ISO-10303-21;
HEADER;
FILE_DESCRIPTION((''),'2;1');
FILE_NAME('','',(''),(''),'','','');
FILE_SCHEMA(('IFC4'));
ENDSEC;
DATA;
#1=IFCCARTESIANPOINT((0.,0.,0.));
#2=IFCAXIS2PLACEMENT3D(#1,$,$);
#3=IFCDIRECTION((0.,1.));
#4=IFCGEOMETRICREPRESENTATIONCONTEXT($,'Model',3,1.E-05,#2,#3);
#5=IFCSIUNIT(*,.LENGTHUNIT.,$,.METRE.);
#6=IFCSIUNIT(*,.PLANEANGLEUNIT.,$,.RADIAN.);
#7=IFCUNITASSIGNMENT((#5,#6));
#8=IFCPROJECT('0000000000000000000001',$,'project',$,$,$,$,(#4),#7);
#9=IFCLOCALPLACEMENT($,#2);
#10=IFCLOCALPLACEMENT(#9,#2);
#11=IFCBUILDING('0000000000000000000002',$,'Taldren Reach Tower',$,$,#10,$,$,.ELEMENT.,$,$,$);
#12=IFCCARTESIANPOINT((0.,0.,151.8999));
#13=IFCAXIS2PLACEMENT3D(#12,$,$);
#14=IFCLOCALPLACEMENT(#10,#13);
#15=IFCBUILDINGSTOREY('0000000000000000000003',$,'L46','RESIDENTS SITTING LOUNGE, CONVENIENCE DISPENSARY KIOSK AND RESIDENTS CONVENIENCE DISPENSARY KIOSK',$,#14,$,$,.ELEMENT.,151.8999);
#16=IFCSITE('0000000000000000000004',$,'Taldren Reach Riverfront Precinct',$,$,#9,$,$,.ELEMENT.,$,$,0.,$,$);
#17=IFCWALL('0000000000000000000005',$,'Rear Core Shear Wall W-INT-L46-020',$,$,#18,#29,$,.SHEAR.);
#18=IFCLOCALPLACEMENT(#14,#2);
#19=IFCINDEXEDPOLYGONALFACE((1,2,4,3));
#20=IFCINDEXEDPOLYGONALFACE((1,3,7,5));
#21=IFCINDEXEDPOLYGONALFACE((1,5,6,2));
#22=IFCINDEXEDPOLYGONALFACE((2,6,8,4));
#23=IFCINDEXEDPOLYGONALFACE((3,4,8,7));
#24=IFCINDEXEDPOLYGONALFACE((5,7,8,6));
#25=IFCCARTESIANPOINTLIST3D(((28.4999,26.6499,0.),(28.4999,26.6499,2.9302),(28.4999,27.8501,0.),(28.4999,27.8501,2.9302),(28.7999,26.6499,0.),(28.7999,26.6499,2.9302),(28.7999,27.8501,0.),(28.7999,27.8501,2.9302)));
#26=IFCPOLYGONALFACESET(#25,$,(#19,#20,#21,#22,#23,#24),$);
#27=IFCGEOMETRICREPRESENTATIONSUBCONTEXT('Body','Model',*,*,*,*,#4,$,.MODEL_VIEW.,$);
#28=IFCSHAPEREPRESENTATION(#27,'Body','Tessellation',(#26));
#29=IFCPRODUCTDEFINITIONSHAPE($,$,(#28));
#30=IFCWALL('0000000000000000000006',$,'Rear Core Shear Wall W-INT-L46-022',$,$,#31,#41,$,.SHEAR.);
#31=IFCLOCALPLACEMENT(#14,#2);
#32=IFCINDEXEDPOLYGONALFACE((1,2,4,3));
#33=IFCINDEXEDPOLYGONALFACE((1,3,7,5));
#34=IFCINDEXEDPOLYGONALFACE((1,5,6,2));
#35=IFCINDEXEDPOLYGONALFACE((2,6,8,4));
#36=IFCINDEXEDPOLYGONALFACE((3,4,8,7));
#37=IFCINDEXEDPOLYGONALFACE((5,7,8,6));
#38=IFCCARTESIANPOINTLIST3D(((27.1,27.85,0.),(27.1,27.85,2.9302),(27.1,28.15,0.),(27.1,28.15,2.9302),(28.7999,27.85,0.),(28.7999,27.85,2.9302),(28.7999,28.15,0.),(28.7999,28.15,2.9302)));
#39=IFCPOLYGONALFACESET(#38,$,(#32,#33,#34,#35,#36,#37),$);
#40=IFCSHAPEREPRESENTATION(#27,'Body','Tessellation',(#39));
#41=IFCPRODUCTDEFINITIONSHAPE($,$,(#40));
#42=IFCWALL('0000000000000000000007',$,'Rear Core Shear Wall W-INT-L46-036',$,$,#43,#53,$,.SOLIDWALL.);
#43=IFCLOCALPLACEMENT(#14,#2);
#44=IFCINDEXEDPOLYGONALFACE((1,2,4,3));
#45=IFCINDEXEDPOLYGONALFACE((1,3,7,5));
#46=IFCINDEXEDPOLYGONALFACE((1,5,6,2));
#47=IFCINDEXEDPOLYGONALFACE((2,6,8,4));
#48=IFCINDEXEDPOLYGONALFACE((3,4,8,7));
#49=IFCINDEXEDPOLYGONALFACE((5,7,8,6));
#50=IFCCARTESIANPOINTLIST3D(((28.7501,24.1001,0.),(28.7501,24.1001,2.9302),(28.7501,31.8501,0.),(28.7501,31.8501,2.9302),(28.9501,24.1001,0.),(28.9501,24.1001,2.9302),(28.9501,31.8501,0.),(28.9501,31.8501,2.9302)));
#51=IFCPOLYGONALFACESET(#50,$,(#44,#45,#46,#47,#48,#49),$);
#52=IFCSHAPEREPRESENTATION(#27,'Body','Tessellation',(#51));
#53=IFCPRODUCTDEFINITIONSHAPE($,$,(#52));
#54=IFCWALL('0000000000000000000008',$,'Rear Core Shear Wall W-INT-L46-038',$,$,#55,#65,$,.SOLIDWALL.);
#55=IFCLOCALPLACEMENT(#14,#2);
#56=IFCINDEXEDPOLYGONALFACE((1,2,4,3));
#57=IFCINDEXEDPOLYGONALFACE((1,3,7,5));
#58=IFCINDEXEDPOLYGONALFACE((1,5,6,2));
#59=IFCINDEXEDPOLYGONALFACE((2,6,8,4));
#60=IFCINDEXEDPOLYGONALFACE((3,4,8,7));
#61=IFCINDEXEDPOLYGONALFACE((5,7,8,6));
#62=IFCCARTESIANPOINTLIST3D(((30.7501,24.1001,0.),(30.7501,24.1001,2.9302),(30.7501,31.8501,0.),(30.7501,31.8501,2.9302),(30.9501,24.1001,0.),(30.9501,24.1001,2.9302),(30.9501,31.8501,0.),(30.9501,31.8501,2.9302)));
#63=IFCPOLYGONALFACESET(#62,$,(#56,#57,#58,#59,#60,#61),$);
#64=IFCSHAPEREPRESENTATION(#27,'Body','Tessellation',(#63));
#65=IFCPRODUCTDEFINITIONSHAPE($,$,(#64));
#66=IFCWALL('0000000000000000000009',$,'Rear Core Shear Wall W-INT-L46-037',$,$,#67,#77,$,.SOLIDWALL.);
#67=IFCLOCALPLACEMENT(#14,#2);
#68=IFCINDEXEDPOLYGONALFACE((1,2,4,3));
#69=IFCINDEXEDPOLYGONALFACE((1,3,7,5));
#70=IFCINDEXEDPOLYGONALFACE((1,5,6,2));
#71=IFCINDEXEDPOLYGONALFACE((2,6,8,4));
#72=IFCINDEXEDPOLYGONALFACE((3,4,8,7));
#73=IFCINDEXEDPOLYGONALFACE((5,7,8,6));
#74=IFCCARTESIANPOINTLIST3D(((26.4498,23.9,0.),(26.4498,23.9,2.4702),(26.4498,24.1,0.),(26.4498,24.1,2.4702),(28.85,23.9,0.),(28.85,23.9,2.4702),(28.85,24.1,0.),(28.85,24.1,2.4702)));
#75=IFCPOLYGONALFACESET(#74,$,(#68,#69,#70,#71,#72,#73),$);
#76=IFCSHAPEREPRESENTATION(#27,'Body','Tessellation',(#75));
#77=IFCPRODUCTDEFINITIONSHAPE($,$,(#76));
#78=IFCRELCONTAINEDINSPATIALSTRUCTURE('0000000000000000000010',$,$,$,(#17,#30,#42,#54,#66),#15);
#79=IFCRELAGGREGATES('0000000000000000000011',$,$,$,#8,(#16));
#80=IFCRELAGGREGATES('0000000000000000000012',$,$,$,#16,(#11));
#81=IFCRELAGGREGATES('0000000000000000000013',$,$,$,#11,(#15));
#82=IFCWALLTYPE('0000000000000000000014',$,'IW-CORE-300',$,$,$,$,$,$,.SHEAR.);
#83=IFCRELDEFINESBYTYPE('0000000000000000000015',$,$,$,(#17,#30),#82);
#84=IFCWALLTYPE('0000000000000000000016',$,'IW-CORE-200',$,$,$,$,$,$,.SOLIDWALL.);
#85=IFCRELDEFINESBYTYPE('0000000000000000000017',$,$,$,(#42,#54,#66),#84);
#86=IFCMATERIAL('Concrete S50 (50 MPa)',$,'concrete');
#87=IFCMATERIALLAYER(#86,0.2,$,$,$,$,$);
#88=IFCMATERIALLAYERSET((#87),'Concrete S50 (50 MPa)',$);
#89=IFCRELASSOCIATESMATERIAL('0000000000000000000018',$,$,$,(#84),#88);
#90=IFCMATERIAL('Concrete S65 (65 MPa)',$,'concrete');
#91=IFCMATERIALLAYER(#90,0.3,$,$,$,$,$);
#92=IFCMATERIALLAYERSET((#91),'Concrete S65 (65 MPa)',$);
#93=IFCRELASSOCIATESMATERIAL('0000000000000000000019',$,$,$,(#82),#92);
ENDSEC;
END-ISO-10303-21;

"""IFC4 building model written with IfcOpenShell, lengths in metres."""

from ifc_helpers import new_model, si_unit, direction, frame, frame_2d, origin, place, context, subcontext, project, spatial, rectangle, extrude, source, transform, mapped, material, layer, layer_set, type_object, element, save


model = new_model("IFC4")

# Units and contexts
model_context = context("Model", 3, precision=1e-05, world=origin(), true_north=direction((0.0, 1.0)))
body_context = subcontext(model_context, "Body", "Model", "MODEL_VIEW")
ifc_project = project(units=[si_unit("LENGTHUNIT", "METRE"), si_unit("PLANEANGLEUNIT", "RADIAN")], contexts=[model_context])

# Site, building, storey
site_placement = place(None, origin())
site = spatial("IfcSite", under=ifc_project, at=site_placement, Name="Taldren Reach Riverfront Precinct", CompositionType="ELEMENT", RefElevation=0.0)
building_placement = place(site_placement, origin())
building = spatial("IfcBuilding", under=site, at=building_placement, Name="Taldren Reach Tower", CompositionType="ELEMENT")
storey_placement = place(building_placement, frame((0.0, 0.0, 151.8999)))
storey = spatial("IfcBuildingStorey", under=building, at=storey_placement, Name="L46", Description="RESIDENTS SITTING LOUNGE, CONVENIENCE DISPENSARY KIOSK AND RESIDENTS CONVENIENCE DISPENSARY KIOSK", CompositionType="ELEMENT", Elevation=151.8999)

# Shared definitions
ifc_material_1 = material(Name="Concrete S50 (50 MPa)", Category="concrete")
ifc_layer_1 = layer(ifc_material_1, 0.2)
ifc_layer_set_1 = layer_set([ifc_layer_1], Name="Concrete S50 (50 MPa)")
wall_type_1 = type_object("IfcWallType", Name="IW-CORE-200", PredefinedType="SOLIDWALL", material=ifc_layer_set_1)

# Wall
ifc_material_2 = material(Name="Concrete S65 (65 MPa)", Category="concrete")
ifc_layer_2 = layer(ifc_material_2, 0.3)
ifc_layer_set_2 = layer_set([ifc_layer_2], Name="Concrete S65 (65 MPa)")
wall_type_2 = type_object("IfcWallType", Name="IW-CORE-300", PredefinedType="SHEAR", material=ifc_layer_set_2)
shared_shape_1 = source(origin(), body_context, "Body", "SweptSolid", [
    extrude(rectangle(XDim=1.2002, YDim=0.3, at=frame_2d((0.6001, 0.0))), origin(), (0.0, 0.0, 1.0), 2.9302),
])
wall_1_placement = place(storey_placement, frame((28.6499, 26.6499, 0.0), z_axis=(0.0, 0.0, 1.0), x_axis=(0.0, 1.0, 0.0)))
element("IfcWall", 1, at=wall_1_placement, inside=storey, type_object=wall_type_2, Name="Rear Core Shear Wall W-INT-L46-020", PredefinedType="SHEAR", context=body_context, shape_type="MappedRepresentation", body=[
    mapped(shared_shape_1, transform((0.0, 0.0, 0.0), scale=1.0)),
])

# Walls
shared_shape_2 = source(origin(), body_context, "Body", "SweptSolid", [
    extrude(rectangle(XDim=1.7, YDim=0.3, at=frame_2d((0.8501, 0.0))), origin(), (0.0, 0.0, 1.0), 2.9302),
])
wall_2_placement = place(storey_placement, frame((28.8, 28.0, 0.0), z_axis=(0.0, 0.0, 1.0), x_axis=(-1.0, 0.0, 0.0)))
element("IfcWall", 2, at=wall_2_placement, inside=storey, type_object=wall_type_2, Name="Rear Core Shear Wall W-INT-L46-022", PredefinedType="SHEAR", context=body_context, shape_type="MappedRepresentation", body=[
    mapped(shared_shape_2, transform((0.0, 0.0, 0.0), scale=1.0)),
])
shared_shape_3 = source(origin(), body_context, "Body", "SweptSolid", [
    extrude(rectangle(XDim=7.75, YDim=0.2, at=frame_2d((3.875, 0.0))), origin(), (0.0, 0.0, 1.0), 2.9302),
])
for number, where, z_axis, x_axis, name in (
    (3, (28.8501, 31.8501, 0.0), (0.0, 0.0, 1.0), (0.0, -1.0, 0.0), "Rear Core Shear Wall W-INT-L46-036"),
    (4, (30.8501, 31.8501, 0.0), (0.0, 0.0, 1.0), (0.0, -1.0, 0.0), "Rear Core Shear Wall W-INT-L46-038"),
):
    element("IfcWall", number, at=place(storey_placement, frame(where, z_axis=z_axis, x_axis=x_axis)), inside=storey, type_object=wall_type_1, Name=name, PredefinedType="SOLIDWALL", context=body_context, shape_type="MappedRepresentation", body=[
        mapped(shared_shape_3, transform((0.0, 0.0, 0.0), scale=1.0)),
    ])
shared_shape_4 = source(origin(), body_context, "Body", "SweptSolid", [
    extrude(rectangle(XDim=2.4001, YDim=0.2, at=frame_2d((1.2002, 0.0))), origin(), (0.0, 0.0, 1.0), 2.4702),
])
wall_3_placement = place(storey_placement, frame((28.8501, 24.0, 0.0), z_axis=(0.0, 0.0, 1.0), x_axis=(-1.0, 0.0, 0.0)))
element("IfcWall", 5, at=wall_3_placement, inside=storey, type_object=wall_type_1, Name="Rear Core Shear Wall W-INT-L46-037", PredefinedType="SOLIDWALL", context=body_context, shape_type="MappedRepresentation", body=[
    mapped(shared_shape_4, transform((0.0, 0.0, 0.0), scale=1.0)),
])

save(model, "model.ifc")
